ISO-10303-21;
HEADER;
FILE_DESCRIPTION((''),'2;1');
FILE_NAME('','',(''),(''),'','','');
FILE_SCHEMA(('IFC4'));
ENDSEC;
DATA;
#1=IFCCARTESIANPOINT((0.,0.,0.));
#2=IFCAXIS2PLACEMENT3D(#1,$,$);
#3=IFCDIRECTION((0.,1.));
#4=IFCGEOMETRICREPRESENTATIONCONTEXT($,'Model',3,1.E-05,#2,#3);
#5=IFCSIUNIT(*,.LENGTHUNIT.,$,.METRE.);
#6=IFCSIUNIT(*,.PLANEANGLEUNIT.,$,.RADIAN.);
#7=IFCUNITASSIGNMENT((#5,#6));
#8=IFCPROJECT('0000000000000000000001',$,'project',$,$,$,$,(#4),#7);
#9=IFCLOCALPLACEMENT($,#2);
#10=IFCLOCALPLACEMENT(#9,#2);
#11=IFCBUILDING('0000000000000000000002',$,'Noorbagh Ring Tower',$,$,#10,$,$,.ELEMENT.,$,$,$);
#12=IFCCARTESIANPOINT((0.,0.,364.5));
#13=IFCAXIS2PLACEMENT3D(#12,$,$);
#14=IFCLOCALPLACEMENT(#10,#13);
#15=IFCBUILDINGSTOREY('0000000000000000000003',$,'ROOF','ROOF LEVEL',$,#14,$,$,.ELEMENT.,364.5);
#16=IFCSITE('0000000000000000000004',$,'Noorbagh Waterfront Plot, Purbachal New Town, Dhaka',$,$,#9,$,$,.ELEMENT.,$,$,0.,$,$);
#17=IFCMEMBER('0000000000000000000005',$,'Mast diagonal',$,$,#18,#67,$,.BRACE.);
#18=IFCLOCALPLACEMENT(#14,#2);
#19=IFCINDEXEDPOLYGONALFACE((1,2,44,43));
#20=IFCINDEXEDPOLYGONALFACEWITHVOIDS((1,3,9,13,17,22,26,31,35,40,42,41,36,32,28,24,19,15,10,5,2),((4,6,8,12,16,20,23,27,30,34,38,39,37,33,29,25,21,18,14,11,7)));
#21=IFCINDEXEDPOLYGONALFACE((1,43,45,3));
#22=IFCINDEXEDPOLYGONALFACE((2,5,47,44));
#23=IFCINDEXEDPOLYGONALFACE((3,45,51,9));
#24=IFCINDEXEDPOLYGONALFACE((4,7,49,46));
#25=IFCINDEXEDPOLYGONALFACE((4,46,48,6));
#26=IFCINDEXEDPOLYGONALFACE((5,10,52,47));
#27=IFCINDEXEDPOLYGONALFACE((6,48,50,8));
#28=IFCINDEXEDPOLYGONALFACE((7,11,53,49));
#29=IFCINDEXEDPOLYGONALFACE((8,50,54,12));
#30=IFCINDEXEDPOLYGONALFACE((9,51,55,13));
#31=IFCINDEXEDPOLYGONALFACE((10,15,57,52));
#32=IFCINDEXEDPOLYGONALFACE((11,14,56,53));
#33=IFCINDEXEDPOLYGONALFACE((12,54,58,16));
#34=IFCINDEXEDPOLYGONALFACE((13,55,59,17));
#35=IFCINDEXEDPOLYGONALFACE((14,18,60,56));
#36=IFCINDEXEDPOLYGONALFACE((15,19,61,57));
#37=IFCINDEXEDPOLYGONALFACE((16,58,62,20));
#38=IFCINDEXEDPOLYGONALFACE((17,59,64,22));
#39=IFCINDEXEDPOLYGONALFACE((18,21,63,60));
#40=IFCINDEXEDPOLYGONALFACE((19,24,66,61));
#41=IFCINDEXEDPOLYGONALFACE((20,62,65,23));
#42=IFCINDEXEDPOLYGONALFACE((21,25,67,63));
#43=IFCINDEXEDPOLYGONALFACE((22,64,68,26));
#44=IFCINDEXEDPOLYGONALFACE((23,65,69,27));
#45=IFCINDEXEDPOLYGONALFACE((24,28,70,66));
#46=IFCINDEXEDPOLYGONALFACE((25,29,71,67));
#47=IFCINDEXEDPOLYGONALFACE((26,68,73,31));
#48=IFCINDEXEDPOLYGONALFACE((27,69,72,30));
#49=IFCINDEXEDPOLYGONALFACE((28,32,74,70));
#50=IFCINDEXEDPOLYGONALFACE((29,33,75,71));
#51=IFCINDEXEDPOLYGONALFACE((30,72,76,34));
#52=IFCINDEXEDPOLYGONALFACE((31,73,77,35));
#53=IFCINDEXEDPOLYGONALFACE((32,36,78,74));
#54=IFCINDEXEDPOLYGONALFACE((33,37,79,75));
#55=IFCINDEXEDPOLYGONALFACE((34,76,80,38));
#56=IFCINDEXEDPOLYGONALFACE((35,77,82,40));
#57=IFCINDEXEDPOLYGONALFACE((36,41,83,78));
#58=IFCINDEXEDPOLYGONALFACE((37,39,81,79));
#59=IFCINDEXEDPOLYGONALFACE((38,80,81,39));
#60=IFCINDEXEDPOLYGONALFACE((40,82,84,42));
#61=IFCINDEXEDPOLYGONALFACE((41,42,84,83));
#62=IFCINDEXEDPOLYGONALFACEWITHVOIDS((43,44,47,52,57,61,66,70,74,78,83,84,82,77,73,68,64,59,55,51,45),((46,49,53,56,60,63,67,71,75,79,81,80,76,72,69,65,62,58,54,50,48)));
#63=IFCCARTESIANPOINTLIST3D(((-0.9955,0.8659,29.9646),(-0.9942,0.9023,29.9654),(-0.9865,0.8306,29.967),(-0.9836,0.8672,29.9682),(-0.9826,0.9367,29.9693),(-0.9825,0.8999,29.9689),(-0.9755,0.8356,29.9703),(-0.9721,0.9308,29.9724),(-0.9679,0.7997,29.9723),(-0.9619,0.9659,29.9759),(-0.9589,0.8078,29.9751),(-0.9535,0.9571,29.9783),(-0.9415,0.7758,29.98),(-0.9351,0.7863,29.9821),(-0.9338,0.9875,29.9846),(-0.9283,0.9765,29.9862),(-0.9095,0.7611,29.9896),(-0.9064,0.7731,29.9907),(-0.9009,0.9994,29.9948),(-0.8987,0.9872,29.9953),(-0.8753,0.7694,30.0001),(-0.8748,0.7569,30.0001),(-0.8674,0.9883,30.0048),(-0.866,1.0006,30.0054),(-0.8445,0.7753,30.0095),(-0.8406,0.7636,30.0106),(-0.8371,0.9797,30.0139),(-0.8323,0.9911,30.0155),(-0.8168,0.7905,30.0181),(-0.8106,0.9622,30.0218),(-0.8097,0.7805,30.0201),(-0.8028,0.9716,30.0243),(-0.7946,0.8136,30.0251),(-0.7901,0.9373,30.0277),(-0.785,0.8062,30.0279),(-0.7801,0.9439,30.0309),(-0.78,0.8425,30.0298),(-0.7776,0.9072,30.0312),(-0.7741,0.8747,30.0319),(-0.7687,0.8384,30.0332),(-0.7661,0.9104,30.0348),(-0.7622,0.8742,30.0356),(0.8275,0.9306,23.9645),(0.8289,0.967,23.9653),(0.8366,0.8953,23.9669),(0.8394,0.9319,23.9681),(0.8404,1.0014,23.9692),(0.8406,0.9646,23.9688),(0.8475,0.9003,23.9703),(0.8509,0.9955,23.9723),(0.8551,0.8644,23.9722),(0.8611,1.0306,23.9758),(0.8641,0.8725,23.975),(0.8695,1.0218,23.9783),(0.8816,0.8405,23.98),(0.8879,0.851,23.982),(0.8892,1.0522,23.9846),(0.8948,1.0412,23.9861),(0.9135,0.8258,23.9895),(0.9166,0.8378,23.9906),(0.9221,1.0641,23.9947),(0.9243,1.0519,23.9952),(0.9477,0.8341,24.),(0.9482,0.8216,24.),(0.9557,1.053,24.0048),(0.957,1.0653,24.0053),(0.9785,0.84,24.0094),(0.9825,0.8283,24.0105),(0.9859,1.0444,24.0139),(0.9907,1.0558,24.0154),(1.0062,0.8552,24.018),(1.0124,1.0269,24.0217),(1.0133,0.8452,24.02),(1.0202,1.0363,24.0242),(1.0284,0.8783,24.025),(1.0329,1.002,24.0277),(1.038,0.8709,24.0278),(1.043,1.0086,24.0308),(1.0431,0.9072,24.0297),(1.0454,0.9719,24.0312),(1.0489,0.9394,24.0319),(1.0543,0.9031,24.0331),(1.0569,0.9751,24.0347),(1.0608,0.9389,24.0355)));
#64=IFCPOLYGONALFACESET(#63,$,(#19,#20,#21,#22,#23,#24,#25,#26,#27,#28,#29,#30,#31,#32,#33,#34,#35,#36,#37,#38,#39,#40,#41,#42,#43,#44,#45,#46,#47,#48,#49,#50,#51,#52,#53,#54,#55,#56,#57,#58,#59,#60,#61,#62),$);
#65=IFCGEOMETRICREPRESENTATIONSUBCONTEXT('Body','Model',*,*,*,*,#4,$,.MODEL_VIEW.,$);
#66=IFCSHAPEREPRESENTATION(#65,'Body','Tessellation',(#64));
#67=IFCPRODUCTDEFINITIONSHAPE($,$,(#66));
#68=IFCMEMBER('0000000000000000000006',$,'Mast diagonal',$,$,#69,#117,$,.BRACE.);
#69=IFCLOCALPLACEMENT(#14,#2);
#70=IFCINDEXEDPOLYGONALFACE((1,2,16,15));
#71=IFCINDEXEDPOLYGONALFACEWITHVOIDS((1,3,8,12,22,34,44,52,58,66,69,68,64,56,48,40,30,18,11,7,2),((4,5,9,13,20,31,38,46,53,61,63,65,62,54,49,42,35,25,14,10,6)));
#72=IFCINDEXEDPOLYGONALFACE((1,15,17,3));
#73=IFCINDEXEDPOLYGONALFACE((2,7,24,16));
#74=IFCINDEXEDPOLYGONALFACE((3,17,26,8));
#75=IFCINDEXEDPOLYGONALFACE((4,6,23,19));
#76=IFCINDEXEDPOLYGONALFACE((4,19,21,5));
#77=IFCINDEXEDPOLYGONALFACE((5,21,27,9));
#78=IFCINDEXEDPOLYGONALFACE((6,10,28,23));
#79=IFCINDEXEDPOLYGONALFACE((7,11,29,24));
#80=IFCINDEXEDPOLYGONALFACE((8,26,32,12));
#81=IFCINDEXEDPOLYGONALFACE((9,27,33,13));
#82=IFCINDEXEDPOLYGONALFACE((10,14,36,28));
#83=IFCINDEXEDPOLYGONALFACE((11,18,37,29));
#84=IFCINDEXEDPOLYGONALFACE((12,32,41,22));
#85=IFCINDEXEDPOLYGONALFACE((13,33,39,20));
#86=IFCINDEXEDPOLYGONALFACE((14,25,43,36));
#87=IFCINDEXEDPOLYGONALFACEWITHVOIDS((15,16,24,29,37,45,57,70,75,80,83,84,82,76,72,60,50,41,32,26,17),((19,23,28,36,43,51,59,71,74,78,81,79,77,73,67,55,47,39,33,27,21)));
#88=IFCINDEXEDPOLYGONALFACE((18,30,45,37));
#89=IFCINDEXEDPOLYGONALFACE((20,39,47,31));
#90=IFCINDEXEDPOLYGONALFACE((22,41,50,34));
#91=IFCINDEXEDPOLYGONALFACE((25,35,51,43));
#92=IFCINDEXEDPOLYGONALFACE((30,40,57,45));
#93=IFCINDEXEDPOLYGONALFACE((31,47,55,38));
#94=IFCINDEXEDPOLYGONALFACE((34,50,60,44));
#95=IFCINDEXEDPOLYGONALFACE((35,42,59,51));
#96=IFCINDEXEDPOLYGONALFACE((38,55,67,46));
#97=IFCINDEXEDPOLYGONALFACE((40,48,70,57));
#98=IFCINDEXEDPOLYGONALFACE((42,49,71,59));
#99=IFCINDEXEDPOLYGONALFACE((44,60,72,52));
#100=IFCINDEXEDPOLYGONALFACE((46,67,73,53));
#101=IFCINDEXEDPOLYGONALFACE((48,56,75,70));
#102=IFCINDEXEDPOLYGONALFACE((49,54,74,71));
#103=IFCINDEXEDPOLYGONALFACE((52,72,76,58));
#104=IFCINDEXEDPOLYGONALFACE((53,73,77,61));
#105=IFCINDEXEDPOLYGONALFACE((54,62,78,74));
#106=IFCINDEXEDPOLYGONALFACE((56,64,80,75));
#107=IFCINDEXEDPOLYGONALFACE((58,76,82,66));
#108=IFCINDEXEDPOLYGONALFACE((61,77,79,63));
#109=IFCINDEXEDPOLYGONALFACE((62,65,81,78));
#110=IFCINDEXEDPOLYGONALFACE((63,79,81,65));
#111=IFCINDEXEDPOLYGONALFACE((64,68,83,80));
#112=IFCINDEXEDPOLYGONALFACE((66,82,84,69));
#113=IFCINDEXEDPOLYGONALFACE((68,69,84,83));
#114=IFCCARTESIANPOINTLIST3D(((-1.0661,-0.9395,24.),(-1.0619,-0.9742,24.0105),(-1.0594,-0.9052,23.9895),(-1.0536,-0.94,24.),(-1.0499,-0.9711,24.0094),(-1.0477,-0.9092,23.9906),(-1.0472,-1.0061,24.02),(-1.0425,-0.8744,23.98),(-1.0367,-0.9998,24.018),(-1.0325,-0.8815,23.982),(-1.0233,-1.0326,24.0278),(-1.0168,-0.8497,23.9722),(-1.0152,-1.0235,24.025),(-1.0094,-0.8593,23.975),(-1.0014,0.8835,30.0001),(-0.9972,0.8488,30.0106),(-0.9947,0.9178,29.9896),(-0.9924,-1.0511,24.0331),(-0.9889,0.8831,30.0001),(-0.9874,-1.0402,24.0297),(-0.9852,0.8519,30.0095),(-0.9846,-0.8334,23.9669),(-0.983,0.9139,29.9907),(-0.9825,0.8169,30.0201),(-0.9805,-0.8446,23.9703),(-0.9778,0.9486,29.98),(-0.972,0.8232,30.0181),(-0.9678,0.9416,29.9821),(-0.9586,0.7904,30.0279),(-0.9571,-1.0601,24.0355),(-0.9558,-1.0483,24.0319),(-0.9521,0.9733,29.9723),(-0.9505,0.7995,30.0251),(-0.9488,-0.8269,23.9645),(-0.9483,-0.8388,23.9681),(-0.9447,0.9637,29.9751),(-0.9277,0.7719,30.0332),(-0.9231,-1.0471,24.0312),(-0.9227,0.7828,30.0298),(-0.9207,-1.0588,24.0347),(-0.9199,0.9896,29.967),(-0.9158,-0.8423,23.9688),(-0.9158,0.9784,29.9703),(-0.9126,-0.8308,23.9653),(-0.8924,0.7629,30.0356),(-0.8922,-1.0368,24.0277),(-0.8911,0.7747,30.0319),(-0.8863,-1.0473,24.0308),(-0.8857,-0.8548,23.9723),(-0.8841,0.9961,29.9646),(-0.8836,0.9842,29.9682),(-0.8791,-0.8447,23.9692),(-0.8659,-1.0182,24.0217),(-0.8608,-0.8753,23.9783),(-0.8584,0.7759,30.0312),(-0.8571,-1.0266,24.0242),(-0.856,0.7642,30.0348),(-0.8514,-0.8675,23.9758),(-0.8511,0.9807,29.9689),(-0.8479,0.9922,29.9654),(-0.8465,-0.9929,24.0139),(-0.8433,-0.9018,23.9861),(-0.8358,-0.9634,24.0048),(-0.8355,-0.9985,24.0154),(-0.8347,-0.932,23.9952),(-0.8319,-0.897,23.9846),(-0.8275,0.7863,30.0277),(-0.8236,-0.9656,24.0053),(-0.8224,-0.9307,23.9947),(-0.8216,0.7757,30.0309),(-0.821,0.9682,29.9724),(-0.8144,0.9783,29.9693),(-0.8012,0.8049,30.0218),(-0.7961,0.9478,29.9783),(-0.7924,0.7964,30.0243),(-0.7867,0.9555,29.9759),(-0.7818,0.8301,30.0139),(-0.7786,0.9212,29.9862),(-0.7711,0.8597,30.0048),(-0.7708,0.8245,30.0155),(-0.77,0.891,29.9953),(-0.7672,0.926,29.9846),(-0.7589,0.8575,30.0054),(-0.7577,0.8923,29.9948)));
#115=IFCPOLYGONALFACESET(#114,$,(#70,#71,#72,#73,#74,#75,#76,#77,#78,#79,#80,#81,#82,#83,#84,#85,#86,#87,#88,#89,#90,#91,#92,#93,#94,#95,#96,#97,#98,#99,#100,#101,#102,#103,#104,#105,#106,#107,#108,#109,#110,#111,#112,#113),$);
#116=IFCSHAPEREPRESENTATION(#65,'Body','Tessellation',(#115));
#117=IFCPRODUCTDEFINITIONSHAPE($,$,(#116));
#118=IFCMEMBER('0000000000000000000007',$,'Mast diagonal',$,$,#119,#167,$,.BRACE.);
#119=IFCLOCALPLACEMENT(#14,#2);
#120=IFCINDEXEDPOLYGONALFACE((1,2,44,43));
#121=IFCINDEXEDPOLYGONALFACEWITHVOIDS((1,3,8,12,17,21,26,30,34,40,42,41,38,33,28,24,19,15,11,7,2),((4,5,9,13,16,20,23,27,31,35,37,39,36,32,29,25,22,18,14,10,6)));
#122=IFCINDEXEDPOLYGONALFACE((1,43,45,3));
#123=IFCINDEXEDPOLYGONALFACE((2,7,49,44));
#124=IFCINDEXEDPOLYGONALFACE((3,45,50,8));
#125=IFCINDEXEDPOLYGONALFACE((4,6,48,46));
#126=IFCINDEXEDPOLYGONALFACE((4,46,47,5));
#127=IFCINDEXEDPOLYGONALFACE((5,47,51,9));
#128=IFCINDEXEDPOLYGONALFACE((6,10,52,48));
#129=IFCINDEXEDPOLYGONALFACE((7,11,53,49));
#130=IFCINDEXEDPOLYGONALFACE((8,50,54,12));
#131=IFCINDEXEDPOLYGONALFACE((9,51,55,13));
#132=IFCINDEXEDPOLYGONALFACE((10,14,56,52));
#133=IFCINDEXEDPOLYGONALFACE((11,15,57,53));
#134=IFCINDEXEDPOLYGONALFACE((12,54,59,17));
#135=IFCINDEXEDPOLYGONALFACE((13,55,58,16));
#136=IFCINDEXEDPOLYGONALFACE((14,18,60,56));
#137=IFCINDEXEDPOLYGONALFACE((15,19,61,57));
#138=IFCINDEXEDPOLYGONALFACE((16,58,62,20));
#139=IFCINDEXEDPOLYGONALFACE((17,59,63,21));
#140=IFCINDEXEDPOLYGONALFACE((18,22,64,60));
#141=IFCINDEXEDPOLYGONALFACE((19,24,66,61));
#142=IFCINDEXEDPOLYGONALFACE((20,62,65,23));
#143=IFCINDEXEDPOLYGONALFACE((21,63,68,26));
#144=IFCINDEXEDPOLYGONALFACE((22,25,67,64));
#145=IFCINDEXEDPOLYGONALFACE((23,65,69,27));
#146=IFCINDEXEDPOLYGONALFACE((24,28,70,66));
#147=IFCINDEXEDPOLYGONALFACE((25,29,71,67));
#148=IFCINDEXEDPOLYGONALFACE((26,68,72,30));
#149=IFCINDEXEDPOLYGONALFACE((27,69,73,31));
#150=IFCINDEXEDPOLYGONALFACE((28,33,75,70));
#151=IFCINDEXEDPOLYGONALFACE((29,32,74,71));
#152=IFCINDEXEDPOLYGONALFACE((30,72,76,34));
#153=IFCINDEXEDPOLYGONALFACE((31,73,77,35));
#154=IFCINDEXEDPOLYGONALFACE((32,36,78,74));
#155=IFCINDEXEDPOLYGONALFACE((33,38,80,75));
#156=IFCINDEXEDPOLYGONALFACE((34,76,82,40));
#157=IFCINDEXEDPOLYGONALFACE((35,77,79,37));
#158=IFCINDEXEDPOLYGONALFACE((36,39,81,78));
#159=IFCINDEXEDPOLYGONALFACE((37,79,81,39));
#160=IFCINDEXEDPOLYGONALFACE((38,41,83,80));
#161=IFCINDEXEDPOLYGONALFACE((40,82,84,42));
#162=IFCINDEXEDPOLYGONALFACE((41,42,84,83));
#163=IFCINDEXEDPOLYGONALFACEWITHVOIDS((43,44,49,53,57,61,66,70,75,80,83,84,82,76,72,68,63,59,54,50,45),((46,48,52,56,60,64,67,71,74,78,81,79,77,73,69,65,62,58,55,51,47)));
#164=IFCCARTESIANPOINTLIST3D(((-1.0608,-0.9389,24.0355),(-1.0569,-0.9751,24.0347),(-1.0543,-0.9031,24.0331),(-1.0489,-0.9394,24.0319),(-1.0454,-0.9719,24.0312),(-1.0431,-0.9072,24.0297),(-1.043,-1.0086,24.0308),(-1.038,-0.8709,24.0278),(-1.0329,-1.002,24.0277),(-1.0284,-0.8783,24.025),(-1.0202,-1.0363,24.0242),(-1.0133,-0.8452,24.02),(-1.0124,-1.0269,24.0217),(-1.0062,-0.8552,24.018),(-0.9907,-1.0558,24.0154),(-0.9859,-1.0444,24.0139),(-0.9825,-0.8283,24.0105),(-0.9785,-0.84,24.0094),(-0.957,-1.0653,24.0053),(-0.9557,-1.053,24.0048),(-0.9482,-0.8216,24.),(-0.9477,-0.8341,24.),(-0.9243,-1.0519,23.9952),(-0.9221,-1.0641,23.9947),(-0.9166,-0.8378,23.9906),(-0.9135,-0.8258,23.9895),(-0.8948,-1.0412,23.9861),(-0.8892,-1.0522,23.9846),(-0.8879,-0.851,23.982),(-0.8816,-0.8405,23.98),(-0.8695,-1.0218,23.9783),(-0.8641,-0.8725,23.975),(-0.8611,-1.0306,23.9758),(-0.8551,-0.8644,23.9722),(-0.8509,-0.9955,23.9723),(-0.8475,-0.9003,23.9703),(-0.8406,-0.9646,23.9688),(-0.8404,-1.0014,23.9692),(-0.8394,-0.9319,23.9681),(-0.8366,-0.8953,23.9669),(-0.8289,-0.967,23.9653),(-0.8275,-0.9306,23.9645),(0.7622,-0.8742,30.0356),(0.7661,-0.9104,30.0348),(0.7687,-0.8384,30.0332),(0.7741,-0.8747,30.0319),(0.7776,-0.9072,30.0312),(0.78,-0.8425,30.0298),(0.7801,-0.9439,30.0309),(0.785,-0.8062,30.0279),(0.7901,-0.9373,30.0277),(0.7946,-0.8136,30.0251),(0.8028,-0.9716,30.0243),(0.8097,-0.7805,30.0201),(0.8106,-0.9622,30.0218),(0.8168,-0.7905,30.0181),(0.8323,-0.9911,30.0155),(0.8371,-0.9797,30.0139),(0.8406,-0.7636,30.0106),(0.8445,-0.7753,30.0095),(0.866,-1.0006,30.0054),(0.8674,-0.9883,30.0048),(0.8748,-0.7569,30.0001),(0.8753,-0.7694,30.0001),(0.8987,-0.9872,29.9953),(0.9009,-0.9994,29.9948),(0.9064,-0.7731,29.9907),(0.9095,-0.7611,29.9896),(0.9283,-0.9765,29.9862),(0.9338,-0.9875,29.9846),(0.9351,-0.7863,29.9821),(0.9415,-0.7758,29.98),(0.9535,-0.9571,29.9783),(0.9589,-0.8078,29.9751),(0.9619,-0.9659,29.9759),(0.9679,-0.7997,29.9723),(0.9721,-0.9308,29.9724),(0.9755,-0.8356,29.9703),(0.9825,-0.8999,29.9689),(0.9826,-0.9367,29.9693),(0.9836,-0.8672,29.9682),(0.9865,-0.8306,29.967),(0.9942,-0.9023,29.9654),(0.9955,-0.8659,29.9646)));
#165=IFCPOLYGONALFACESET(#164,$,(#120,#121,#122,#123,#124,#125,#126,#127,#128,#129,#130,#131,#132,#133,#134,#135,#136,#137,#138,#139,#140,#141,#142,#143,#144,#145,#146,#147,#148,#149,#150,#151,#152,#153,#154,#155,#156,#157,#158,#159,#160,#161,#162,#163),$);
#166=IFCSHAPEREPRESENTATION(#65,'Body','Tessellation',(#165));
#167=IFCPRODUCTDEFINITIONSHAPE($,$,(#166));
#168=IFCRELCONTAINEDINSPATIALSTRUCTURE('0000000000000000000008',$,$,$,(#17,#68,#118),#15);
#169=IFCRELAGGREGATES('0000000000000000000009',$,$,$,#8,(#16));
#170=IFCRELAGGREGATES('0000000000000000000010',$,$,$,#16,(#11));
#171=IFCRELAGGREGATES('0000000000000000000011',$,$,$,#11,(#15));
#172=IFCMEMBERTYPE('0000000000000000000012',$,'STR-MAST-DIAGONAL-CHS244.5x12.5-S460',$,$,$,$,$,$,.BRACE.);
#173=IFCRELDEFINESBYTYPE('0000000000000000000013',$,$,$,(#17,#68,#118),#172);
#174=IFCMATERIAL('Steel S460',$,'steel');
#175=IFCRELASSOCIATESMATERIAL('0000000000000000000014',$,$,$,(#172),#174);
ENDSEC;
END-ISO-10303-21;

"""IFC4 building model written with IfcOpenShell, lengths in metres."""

from ifc_helpers import new_model, si_unit, direction, frame, origin, origin_2d, place, context, subcontext, project, spatial, hollow_circle, extrude, material, material_profile, profile_set, type_object, element, save


model = new_model("IFC4")

# Units and contexts
model_context = context("Model", 3, precision=1e-05, world=origin(), true_north=direction((0.0, 1.0)))
body_context = subcontext(model_context, "Body", "Model", "MODEL_VIEW")
ifc_project = project(units=[si_unit("LENGTHUNIT", "METRE"), si_unit("PLANEANGLEUNIT", "RADIAN")], contexts=[model_context])

# Site, building, storey
site_placement = place(None, origin())
site = spatial("IfcSite", under=ifc_project, at=site_placement, Name="Noorbagh Waterfront Plot, Purbachal New Town, Dhaka", CompositionType="ELEMENT", RefElevation=0.0)
building_placement = place(site_placement, origin())
building = spatial("IfcBuilding", under=site, at=building_placement, Name="Noorbagh Ring Tower", CompositionType="ELEMENT")
storey_placement = place(building_placement, frame((0.0, 0.0, 364.5)))
storey = spatial("IfcBuildingStorey", under=building, at=storey_placement, Name="ROOF", Description="ROOF LEVEL", CompositionType="ELEMENT", Elevation=364.5)

# Members
ifc_material_1 = material(Name="Steel S460", Category="steel")
ifc_material_profile_1 = material_profile(ifc_material_1, hollow_circle(Radius=0.1223, WallThickness=0.0125, at=origin_2d()), Name="CHS244.5x12.5")
ifc_profile_set_1 = profile_set([ifc_material_profile_1], Name="Steel S460")
member_type_1 = type_object("IfcMemberType", Name="STR-MAST-DIAGONAL-CHS244.5x12.5-S460", PredefinedType="BRACE", material=ifc_profile_set_1)
for number, where, z_axis, x_axis, name in (
    (1, (0.9438, 0.9438, 24.0), (-0.290695, -0.010317, 0.95676), (0.035467, -0.999371, 0.0), "Mast diagonal"),
    (2, (-0.9438, -0.9438, 24.0), (0.010317, 0.290695, 0.95676), (-0.999371, 0.035467, 0.0), "Mast diagonal"),
    (3, (-0.9438, -0.9438, 24.0), (0.290695, 0.010317, 0.95676), (-0.035467, 0.999371, 0.0), "Mast diagonal"),
):
    element("IfcMember", number, at=place(storey_placement, frame(where, z_axis=z_axis, x_axis=x_axis)), inside=storey, type_object=member_type_1, Name=name, PredefinedType="BRACE", context=body_context, shape_type="SweptSolid", body=[
        extrude(hollow_circle(Radius=0.1223, WallThickness=0.0125, at=origin_2d()), origin(), (0.0, 0.0, 1.0), 6.2712),
    ])

save(model, "model.ifc")
